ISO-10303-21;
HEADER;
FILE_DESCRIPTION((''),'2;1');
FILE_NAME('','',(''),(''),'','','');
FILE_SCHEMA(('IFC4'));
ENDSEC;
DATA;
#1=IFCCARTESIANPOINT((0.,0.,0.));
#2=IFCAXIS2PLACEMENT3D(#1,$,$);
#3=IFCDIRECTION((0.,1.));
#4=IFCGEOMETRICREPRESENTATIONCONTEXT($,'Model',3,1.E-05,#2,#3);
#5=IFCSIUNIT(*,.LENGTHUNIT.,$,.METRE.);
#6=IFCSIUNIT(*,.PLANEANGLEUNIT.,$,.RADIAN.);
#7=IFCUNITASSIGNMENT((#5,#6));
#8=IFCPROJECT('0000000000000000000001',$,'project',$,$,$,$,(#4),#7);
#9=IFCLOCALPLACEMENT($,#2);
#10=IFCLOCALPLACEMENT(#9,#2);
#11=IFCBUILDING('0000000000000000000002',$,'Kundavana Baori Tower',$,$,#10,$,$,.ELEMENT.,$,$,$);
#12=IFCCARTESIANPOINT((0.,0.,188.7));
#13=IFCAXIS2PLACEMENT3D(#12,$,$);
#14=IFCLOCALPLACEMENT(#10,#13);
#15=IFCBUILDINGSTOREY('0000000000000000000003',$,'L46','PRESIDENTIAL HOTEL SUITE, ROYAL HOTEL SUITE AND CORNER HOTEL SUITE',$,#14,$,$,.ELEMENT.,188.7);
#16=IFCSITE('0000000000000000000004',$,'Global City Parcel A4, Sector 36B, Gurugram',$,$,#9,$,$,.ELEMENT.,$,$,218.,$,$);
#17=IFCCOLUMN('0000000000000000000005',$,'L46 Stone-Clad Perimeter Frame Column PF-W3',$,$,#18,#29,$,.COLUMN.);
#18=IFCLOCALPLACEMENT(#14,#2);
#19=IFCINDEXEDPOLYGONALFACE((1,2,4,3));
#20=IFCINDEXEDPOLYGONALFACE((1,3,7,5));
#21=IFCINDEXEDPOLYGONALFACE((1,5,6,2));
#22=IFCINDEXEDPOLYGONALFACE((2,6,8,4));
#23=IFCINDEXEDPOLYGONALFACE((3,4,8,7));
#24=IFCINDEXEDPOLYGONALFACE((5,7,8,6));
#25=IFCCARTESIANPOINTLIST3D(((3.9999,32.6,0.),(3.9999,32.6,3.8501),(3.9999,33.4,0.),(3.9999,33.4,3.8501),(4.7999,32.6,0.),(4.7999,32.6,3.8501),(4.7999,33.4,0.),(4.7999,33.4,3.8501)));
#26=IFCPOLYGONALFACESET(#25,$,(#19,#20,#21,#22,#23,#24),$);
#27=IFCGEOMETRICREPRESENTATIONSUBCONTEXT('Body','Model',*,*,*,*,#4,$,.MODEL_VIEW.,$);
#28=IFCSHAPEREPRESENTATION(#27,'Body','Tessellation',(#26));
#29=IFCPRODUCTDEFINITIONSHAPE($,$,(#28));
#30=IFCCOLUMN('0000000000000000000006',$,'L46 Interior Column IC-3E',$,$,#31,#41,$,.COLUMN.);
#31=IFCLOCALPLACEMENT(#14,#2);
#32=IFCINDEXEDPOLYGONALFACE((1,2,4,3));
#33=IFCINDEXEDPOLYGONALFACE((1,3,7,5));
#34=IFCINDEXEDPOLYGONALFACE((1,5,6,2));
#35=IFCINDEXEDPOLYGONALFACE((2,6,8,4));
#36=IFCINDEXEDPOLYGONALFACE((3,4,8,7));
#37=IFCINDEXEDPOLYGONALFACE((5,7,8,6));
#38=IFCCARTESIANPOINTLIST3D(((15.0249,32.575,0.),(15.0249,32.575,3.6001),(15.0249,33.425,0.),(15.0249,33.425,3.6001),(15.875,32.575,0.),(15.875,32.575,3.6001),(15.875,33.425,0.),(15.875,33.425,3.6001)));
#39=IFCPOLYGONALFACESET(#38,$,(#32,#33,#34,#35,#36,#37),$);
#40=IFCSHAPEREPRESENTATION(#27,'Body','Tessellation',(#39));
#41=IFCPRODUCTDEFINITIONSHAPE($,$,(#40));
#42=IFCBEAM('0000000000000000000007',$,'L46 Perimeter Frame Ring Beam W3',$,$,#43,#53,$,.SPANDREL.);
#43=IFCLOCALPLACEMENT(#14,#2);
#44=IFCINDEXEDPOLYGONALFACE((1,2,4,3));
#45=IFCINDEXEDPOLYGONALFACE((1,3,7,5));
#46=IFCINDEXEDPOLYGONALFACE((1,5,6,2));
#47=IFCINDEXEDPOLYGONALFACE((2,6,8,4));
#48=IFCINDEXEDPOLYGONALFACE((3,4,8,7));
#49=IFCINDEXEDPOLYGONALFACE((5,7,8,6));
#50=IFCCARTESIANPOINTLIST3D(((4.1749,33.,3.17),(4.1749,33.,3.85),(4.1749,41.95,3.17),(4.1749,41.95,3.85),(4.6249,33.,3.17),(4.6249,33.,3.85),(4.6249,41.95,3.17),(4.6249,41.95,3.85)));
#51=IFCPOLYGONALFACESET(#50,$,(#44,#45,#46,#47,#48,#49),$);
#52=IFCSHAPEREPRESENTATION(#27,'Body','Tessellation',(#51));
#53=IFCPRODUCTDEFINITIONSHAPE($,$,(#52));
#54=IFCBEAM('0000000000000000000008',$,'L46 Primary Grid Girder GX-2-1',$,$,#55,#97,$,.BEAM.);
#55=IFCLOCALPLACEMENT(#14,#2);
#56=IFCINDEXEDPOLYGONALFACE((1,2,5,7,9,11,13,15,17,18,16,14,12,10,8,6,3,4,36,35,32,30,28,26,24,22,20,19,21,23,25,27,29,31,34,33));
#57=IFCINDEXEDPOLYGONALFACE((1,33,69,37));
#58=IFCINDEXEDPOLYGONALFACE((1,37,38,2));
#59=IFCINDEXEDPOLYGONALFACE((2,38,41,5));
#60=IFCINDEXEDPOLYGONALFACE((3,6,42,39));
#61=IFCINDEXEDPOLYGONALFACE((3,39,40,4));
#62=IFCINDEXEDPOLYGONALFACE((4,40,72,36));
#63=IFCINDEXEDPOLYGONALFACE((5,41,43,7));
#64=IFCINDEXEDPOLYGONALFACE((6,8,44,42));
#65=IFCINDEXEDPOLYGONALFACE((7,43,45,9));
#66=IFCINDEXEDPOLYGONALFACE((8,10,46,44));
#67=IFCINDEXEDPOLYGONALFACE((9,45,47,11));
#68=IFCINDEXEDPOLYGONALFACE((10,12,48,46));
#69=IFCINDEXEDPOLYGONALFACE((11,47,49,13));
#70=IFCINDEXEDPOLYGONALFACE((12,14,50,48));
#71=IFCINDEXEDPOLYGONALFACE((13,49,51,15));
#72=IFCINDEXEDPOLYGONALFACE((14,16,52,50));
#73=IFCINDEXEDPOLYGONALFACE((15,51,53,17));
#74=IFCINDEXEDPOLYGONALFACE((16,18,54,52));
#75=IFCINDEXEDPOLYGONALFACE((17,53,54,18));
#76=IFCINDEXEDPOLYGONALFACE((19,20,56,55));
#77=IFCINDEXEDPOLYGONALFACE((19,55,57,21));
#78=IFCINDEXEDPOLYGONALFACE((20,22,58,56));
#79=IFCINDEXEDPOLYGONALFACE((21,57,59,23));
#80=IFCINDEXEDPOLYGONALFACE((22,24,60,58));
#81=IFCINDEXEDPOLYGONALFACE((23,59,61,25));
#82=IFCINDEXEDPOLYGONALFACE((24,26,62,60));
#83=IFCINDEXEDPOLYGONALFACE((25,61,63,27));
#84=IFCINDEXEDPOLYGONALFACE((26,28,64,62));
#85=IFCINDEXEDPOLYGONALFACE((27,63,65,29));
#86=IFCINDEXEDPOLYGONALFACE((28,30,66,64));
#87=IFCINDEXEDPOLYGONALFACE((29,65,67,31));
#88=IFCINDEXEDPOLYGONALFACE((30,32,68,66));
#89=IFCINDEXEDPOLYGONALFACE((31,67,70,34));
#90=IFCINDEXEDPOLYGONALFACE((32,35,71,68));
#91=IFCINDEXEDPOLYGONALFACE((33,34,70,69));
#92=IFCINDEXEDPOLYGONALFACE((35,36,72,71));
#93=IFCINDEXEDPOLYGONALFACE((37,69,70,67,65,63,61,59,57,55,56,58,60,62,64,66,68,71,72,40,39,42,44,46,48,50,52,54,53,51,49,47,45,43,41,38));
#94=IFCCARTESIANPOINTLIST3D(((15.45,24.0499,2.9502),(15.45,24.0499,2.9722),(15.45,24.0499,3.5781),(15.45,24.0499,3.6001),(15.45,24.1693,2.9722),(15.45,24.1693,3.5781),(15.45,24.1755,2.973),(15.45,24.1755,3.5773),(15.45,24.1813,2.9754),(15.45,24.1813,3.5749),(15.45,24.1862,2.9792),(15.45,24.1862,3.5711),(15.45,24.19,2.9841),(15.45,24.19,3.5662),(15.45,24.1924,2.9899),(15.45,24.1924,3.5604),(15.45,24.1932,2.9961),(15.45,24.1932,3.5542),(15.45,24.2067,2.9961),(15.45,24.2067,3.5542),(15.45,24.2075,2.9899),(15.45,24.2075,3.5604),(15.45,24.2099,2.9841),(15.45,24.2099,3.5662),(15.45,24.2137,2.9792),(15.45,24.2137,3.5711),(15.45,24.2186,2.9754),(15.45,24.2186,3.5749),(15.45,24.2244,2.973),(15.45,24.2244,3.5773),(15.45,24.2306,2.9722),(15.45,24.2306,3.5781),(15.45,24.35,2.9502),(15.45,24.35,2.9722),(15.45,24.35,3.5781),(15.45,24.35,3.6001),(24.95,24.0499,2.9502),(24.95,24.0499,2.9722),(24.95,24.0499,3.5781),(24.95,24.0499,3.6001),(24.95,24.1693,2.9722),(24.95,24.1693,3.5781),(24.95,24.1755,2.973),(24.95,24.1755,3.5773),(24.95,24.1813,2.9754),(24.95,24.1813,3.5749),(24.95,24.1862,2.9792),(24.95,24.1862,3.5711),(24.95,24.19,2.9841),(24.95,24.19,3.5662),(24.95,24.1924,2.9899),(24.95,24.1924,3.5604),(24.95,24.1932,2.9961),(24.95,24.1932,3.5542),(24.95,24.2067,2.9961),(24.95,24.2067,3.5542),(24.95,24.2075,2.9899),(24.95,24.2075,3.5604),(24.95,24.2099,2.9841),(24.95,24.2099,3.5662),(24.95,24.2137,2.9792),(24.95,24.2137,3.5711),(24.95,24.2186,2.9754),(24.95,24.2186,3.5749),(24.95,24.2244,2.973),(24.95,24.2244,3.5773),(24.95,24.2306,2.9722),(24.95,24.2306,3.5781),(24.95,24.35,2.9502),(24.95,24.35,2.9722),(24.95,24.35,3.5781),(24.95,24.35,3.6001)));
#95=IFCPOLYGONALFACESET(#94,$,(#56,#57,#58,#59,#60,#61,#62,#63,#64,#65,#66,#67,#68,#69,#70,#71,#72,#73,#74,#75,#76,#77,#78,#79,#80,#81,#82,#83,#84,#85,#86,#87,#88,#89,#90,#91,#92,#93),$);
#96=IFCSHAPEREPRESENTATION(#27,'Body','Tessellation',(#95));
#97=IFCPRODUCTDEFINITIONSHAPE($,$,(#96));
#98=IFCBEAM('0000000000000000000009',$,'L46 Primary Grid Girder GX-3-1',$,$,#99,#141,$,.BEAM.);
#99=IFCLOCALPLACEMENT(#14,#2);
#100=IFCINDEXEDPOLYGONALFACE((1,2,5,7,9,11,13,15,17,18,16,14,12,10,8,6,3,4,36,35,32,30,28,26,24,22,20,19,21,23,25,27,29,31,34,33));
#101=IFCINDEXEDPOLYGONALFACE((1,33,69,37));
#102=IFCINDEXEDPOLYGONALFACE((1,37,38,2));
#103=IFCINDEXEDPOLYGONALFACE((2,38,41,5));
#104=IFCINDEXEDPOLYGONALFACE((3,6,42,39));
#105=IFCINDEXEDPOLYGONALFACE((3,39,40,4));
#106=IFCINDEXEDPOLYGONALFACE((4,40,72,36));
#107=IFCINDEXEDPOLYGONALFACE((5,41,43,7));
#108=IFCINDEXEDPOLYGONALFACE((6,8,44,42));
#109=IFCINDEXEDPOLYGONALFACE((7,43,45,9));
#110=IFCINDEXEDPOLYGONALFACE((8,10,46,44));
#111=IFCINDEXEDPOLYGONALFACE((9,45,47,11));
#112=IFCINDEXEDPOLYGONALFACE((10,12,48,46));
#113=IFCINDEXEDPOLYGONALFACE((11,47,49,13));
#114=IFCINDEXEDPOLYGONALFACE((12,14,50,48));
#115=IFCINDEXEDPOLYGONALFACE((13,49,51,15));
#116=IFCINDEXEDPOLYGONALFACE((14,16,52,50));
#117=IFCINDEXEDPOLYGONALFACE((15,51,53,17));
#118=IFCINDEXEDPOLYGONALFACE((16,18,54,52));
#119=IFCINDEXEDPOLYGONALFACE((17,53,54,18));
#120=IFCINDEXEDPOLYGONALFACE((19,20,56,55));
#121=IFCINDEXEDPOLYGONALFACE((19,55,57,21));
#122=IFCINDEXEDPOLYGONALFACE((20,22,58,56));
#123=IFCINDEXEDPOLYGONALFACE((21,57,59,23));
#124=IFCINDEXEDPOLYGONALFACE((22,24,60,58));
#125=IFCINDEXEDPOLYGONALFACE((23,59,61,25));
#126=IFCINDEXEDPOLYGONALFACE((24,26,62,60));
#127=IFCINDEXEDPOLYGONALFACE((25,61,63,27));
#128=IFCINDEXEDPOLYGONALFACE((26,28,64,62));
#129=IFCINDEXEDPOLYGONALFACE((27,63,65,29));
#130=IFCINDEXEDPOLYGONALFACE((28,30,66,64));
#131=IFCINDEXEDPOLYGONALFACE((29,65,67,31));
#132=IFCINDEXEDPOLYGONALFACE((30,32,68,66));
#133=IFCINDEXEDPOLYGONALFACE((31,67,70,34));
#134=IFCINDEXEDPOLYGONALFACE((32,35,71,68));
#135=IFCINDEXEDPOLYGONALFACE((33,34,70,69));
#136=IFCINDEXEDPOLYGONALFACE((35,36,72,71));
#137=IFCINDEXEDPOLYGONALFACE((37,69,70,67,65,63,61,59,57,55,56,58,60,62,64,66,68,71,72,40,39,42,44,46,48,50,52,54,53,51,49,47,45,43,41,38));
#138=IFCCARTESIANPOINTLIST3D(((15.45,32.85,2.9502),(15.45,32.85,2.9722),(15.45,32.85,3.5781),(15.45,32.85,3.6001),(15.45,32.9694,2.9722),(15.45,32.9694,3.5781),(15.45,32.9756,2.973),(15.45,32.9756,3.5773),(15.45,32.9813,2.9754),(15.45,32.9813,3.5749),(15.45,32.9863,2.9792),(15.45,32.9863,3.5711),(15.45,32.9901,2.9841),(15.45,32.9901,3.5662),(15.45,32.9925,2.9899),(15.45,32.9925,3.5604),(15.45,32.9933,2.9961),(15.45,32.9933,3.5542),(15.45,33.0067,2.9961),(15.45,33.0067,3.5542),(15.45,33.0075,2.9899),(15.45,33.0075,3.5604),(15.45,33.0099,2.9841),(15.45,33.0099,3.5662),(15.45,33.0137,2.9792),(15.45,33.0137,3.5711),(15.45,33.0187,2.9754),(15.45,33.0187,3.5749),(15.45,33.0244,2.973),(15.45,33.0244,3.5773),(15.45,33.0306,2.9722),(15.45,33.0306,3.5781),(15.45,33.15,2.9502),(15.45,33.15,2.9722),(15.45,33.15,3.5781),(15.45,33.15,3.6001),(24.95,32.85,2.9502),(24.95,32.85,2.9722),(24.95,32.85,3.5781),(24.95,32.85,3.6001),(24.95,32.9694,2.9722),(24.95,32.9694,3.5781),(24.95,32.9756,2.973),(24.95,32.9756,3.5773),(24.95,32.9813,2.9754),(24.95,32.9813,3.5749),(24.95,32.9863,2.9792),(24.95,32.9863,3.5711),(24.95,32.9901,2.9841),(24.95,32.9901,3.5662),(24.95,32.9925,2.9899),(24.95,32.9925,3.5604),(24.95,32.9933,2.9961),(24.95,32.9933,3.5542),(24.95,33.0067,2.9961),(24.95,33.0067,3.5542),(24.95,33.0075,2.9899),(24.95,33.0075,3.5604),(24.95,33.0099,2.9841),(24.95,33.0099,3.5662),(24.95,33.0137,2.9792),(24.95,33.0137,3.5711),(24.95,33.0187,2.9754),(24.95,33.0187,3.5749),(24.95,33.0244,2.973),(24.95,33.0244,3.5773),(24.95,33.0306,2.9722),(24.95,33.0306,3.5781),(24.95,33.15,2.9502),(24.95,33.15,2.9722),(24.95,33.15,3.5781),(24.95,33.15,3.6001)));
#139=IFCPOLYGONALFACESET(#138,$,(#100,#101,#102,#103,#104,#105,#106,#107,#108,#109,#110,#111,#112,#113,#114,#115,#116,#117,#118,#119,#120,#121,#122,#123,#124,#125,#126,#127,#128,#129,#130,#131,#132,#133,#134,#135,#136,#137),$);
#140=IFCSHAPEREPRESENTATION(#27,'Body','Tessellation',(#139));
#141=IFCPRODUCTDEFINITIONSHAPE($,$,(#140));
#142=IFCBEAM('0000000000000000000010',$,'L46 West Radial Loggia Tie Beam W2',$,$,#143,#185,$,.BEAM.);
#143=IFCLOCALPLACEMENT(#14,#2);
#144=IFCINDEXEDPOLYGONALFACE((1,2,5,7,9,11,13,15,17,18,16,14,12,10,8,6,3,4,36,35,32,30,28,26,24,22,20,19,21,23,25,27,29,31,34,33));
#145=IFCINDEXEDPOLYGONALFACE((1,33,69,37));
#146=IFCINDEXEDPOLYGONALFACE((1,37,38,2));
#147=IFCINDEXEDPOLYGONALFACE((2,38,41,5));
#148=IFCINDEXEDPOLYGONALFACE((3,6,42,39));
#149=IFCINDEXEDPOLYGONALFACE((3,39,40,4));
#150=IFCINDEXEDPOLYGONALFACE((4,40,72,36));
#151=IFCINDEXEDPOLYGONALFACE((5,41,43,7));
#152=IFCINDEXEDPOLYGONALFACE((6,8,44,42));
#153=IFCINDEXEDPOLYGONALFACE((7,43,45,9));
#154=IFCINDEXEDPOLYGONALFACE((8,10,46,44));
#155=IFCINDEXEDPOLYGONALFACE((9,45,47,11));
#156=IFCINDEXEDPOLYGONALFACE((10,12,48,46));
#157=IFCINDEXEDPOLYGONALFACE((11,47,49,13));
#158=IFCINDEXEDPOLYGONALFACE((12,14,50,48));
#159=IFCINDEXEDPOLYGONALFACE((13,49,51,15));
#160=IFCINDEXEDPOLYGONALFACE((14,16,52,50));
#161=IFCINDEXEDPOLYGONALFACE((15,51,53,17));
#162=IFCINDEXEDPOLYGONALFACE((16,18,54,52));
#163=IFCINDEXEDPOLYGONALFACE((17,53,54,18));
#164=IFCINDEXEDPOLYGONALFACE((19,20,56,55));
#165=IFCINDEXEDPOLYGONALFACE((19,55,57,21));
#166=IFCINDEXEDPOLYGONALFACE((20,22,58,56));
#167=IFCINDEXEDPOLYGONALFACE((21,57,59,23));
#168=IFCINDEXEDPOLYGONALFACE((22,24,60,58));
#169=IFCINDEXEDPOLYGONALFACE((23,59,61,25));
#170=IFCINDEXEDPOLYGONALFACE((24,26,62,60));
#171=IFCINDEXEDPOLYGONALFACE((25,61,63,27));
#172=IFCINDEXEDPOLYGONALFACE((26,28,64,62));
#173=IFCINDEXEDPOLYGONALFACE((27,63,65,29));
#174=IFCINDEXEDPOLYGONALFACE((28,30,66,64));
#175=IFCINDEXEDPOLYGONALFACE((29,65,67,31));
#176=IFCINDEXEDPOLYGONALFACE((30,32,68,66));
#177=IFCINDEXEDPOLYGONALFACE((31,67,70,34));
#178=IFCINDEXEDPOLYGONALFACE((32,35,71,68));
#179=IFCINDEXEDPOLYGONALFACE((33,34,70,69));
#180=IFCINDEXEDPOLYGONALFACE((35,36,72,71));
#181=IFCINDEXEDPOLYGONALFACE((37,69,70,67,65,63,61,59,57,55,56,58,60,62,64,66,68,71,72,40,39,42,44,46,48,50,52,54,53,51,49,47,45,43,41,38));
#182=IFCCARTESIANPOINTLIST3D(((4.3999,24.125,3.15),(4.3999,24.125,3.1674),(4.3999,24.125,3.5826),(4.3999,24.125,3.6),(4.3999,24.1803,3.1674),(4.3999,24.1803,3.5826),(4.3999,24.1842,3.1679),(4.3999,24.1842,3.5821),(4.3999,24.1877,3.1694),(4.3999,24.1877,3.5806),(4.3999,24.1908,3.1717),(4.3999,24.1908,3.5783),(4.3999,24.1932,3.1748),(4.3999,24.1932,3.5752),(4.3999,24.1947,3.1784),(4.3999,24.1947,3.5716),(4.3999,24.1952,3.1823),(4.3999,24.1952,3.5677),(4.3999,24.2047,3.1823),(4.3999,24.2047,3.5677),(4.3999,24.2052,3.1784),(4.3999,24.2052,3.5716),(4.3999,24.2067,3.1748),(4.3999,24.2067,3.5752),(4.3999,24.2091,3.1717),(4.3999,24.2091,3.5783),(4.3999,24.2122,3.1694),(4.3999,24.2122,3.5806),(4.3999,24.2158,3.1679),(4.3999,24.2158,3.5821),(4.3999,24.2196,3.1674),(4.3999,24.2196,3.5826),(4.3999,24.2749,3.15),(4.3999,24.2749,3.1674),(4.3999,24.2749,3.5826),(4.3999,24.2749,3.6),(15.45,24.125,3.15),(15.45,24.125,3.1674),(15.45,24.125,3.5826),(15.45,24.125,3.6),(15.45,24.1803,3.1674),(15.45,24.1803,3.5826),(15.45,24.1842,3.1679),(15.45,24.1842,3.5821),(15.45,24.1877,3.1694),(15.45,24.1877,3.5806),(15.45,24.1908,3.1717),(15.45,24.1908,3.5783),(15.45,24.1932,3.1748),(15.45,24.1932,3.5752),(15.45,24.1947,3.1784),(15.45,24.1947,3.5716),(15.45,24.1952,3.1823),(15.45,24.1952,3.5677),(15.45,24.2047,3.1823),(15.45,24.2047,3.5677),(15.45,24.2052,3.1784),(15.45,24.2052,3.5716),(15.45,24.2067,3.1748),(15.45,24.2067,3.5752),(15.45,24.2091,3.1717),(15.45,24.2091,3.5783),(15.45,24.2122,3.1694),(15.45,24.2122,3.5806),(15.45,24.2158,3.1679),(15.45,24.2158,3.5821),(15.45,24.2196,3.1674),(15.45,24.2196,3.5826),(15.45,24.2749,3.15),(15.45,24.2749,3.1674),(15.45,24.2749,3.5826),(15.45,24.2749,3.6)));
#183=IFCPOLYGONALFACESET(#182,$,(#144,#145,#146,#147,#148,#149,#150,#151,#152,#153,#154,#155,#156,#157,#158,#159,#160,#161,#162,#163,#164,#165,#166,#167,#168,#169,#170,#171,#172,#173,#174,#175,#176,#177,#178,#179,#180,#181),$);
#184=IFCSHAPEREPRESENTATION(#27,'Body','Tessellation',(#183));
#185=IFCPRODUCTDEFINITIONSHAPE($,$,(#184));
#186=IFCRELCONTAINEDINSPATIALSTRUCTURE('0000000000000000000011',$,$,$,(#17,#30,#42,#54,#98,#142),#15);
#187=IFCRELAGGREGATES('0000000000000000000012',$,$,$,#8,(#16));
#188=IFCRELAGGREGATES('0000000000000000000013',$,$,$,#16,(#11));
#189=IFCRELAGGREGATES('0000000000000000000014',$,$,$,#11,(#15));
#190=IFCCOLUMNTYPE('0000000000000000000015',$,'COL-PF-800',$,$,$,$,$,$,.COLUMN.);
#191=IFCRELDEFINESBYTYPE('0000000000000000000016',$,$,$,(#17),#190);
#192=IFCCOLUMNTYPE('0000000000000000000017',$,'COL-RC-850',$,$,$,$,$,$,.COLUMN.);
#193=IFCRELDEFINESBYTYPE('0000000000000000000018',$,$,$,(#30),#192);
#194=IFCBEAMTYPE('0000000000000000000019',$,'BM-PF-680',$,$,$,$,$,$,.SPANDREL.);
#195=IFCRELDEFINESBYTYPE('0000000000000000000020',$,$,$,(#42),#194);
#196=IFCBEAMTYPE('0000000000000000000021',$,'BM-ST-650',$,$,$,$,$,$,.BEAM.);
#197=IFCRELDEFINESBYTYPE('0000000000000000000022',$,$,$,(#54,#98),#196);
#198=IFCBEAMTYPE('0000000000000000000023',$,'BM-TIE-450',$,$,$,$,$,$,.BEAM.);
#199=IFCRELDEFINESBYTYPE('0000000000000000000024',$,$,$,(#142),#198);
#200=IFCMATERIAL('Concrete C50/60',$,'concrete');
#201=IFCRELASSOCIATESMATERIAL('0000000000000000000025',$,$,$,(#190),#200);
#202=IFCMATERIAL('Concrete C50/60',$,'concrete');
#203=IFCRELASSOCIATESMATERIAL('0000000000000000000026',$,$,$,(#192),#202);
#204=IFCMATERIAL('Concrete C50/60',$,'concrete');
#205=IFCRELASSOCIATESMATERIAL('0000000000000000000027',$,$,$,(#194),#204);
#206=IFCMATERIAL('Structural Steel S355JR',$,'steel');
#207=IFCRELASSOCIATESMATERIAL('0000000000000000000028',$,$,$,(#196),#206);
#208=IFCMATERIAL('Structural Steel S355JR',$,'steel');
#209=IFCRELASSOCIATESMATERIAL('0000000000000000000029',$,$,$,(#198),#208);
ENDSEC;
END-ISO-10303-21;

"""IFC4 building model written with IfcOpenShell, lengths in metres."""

from ifc_helpers import new_model, si_unit, direction, frame, origin, origin_2d, place, context, subcontext, project, spatial, rectangle, i_section, extrude, material, material_profile, profile_set, type_object, element, save


model = new_model("IFC4")

# Units and contexts
model_context = context("Model", 3, precision=1e-05, world=origin(), true_north=direction((0.0, 1.0)))
body_context = subcontext(model_context, "Body", "Model", "MODEL_VIEW")
ifc_project = project(units=[si_unit("LENGTHUNIT", "METRE"), si_unit("PLANEANGLEUNIT", "RADIAN")], contexts=[model_context])

# Site, building, storey
site_placement = place(None, origin())
site = spatial("IfcSite", under=ifc_project, at=site_placement, Name="Global City Parcel A4, Sector 36B, Gurugram", CompositionType="ELEMENT", RefElevation=218.0)
building_placement = place(site_placement, origin())
building = spatial("IfcBuilding", under=site, at=building_placement, Name="Kundavana Baori Tower", CompositionType="ELEMENT")
storey_placement = place(building_placement, frame((0.0, 0.0, 188.7)))
storey = spatial("IfcBuildingStorey", under=building, at=storey_placement, Name="L46", Description="PRESIDENTIAL HOTEL SUITE, ROYAL HOTEL SUITE AND CORNER HOTEL SUITE", CompositionType="ELEMENT", Elevation=188.7)

# Columns
ifc_material_1 = material(Name="Concrete C50/60", Category="concrete")
ifc_material_profile_1 = material_profile(ifc_material_1, rectangle(XDim=0.8, YDim=0.8, at=origin_2d()), Name="RC PF 800x800")
ifc_profile_set_1 = profile_set([ifc_material_profile_1], Name="Concrete C50/60")
column_type_1 = type_object("IfcColumnType", Name="COL-PF-800", PredefinedType="COLUMN", material=ifc_profile_set_1)
column_1_placement = place(storey_placement, frame((4.3999, 33.0, 0.0), z_axis=(0.0, 0.0, 1.0), x_axis=(1.0, 0.0, 0.0)))
element("IfcColumn", 1, at=column_1_placement, inside=storey, type_object=column_type_1, Name="L46 Stone-Clad Perimeter Frame Column PF-W3", PredefinedType="COLUMN", context=body_context, shape_type="SweptSolid", body=[
    extrude(rectangle(XDim=0.8, YDim=0.8, at=origin_2d()), origin(), (0.0, 0.0, 1.0), 3.8501),
])
ifc_material_2 = material(Name="Concrete C50/60", Category="concrete")
ifc_material_profile_2 = material_profile(ifc_material_2, rectangle(XDim=0.8501, YDim=0.8501, at=origin_2d()), Name="RC 850x850")
ifc_profile_set_2 = profile_set([ifc_material_profile_2], Name="Concrete C50/60")
column_type_2 = type_object("IfcColumnType", Name="COL-RC-850", PredefinedType="COLUMN", material=ifc_profile_set_2)
column_2_placement = place(storey_placement, frame((15.45, 33.0, 0.0), z_axis=(0.0, 0.0, 1.0), x_axis=(1.0, 0.0, 0.0)))
element("IfcColumn", 2, at=column_2_placement, inside=storey, type_object=column_type_2, Name="L46 Interior Column IC-3E", PredefinedType="COLUMN", context=body_context, shape_type="SweptSolid", body=[
    extrude(rectangle(XDim=0.8501, YDim=0.8501, at=origin_2d()), origin(), (0.0, 0.0, 1.0), 3.6001),
])

# Beams
ifc_material_3 = material(Name="Concrete C50/60", Category="concrete")
ifc_material_profile_3 = material_profile(ifc_material_3, rectangle(XDim=0.45, YDim=0.6799, at=origin_2d()), Name="RC BM 450x680")
ifc_profile_set_3 = profile_set([ifc_material_profile_3], Name="Concrete C50/60")
beam_type_1 = type_object("IfcBeamType", Name="BM-PF-680", PredefinedType="SPANDREL", material=ifc_profile_set_3)
beam_placement = place(storey_placement, frame((4.3999, 33.0, 3.51), z_axis=(0.0, 1.0, 0.0), x_axis=(-1.0, 0.0, 0.0)))
element("IfcBeam", 3, at=beam_placement, inside=storey, type_object=beam_type_1, Name="L46 Perimeter Frame Ring Beam W3", PredefinedType="SPANDREL", context=body_context, shape_type="SweptSolid", body=[
    extrude(rectangle(XDim=0.45, YDim=0.6799, at=origin_2d()), origin(), (0.0, 0.0, 1.0), 8.95),
])
ifc_material_4 = material(Name="Structural Steel S355JR", Category="steel")
ifc_material_profile_4 = material_profile(ifc_material_4, i_section(OverallWidth=0.3, OverallDepth=0.6499, WebThickness=0.0134, FlangeThickness=0.022, FilletRadius=0.0239, at=origin_2d()), Name="NPB 650x300x155")
ifc_profile_set_4 = profile_set([ifc_material_profile_4], Name="Structural Steel S355JR")
beam_type_2 = type_object("IfcBeamType", Name="BM-ST-650", PredefinedType="BEAM", material=ifc_profile_set_4)
for number, where, z_axis, x_axis, name in (
    (4, (15.45, 24.2, 3.2751), (1.0, 0.0, 0.0), (0.0, 1.0, 0.0), "L46 Primary Grid Girder GX-2-1"),
    (5, (15.45, 33.0, 3.2751), (1.0, 0.0, 0.0), (0.0, 1.0, 0.0), "L46 Primary Grid Girder GX-3-1"),
):
    element("IfcBeam", number, at=place(storey_placement, frame(where, z_axis=z_axis, x_axis=x_axis)), inside=storey, type_object=beam_type_2, Name=name, PredefinedType="BEAM", context=body_context, shape_type="SweptSolid", body=[
        extrude(i_section(OverallWidth=0.3, OverallDepth=0.6499, WebThickness=0.0134, FlangeThickness=0.022, FilletRadius=0.0239, at=origin_2d()), origin(), (0.0, 0.0, 1.0), 9.5),
    ])
ifc_material_5 = material(Name="Structural Steel S355JR", Category="steel")
ifc_material_profile_5 = material_profile(ifc_material_5, i_section(OverallWidth=0.1499, OverallDepth=0.45, WebThickness=0.0095, FlangeThickness=0.0173, FilletRadius=0.0149, at=origin_2d()), Name="ISMB 450")
ifc_profile_set_5 = profile_set([ifc_material_profile_5], Name="Structural Steel S355JR")
beam_type_3 = type_object("IfcBeamType", Name="BM-TIE-450", PredefinedType="BEAM", material=ifc_profile_set_5)
for number, where, z_axis, x_axis, name in (
    (6, (15.45, 24.2, 3.375), (-1.0, 0.0, 0.0), (0.0, -1.0, 0.0), "L46 West Radial Loggia Tie Beam W2"),
):
    element("IfcBeam", number, at=place(storey_placement, frame(where, z_axis=z_axis, x_axis=x_axis)), inside=storey, type_object=beam_type_3, Name=name, PredefinedType="BEAM", context=body_context, shape_type="SweptSolid", body=[
        extrude(i_section(OverallWidth=0.1499, OverallDepth=0.45, WebThickness=0.0095, FlangeThickness=0.0173, FilletRadius=0.0149, at=origin_2d()), origin(), (0.0, 0.0, 1.0), 11.05),
    ])

save(model, "model.ifc")
